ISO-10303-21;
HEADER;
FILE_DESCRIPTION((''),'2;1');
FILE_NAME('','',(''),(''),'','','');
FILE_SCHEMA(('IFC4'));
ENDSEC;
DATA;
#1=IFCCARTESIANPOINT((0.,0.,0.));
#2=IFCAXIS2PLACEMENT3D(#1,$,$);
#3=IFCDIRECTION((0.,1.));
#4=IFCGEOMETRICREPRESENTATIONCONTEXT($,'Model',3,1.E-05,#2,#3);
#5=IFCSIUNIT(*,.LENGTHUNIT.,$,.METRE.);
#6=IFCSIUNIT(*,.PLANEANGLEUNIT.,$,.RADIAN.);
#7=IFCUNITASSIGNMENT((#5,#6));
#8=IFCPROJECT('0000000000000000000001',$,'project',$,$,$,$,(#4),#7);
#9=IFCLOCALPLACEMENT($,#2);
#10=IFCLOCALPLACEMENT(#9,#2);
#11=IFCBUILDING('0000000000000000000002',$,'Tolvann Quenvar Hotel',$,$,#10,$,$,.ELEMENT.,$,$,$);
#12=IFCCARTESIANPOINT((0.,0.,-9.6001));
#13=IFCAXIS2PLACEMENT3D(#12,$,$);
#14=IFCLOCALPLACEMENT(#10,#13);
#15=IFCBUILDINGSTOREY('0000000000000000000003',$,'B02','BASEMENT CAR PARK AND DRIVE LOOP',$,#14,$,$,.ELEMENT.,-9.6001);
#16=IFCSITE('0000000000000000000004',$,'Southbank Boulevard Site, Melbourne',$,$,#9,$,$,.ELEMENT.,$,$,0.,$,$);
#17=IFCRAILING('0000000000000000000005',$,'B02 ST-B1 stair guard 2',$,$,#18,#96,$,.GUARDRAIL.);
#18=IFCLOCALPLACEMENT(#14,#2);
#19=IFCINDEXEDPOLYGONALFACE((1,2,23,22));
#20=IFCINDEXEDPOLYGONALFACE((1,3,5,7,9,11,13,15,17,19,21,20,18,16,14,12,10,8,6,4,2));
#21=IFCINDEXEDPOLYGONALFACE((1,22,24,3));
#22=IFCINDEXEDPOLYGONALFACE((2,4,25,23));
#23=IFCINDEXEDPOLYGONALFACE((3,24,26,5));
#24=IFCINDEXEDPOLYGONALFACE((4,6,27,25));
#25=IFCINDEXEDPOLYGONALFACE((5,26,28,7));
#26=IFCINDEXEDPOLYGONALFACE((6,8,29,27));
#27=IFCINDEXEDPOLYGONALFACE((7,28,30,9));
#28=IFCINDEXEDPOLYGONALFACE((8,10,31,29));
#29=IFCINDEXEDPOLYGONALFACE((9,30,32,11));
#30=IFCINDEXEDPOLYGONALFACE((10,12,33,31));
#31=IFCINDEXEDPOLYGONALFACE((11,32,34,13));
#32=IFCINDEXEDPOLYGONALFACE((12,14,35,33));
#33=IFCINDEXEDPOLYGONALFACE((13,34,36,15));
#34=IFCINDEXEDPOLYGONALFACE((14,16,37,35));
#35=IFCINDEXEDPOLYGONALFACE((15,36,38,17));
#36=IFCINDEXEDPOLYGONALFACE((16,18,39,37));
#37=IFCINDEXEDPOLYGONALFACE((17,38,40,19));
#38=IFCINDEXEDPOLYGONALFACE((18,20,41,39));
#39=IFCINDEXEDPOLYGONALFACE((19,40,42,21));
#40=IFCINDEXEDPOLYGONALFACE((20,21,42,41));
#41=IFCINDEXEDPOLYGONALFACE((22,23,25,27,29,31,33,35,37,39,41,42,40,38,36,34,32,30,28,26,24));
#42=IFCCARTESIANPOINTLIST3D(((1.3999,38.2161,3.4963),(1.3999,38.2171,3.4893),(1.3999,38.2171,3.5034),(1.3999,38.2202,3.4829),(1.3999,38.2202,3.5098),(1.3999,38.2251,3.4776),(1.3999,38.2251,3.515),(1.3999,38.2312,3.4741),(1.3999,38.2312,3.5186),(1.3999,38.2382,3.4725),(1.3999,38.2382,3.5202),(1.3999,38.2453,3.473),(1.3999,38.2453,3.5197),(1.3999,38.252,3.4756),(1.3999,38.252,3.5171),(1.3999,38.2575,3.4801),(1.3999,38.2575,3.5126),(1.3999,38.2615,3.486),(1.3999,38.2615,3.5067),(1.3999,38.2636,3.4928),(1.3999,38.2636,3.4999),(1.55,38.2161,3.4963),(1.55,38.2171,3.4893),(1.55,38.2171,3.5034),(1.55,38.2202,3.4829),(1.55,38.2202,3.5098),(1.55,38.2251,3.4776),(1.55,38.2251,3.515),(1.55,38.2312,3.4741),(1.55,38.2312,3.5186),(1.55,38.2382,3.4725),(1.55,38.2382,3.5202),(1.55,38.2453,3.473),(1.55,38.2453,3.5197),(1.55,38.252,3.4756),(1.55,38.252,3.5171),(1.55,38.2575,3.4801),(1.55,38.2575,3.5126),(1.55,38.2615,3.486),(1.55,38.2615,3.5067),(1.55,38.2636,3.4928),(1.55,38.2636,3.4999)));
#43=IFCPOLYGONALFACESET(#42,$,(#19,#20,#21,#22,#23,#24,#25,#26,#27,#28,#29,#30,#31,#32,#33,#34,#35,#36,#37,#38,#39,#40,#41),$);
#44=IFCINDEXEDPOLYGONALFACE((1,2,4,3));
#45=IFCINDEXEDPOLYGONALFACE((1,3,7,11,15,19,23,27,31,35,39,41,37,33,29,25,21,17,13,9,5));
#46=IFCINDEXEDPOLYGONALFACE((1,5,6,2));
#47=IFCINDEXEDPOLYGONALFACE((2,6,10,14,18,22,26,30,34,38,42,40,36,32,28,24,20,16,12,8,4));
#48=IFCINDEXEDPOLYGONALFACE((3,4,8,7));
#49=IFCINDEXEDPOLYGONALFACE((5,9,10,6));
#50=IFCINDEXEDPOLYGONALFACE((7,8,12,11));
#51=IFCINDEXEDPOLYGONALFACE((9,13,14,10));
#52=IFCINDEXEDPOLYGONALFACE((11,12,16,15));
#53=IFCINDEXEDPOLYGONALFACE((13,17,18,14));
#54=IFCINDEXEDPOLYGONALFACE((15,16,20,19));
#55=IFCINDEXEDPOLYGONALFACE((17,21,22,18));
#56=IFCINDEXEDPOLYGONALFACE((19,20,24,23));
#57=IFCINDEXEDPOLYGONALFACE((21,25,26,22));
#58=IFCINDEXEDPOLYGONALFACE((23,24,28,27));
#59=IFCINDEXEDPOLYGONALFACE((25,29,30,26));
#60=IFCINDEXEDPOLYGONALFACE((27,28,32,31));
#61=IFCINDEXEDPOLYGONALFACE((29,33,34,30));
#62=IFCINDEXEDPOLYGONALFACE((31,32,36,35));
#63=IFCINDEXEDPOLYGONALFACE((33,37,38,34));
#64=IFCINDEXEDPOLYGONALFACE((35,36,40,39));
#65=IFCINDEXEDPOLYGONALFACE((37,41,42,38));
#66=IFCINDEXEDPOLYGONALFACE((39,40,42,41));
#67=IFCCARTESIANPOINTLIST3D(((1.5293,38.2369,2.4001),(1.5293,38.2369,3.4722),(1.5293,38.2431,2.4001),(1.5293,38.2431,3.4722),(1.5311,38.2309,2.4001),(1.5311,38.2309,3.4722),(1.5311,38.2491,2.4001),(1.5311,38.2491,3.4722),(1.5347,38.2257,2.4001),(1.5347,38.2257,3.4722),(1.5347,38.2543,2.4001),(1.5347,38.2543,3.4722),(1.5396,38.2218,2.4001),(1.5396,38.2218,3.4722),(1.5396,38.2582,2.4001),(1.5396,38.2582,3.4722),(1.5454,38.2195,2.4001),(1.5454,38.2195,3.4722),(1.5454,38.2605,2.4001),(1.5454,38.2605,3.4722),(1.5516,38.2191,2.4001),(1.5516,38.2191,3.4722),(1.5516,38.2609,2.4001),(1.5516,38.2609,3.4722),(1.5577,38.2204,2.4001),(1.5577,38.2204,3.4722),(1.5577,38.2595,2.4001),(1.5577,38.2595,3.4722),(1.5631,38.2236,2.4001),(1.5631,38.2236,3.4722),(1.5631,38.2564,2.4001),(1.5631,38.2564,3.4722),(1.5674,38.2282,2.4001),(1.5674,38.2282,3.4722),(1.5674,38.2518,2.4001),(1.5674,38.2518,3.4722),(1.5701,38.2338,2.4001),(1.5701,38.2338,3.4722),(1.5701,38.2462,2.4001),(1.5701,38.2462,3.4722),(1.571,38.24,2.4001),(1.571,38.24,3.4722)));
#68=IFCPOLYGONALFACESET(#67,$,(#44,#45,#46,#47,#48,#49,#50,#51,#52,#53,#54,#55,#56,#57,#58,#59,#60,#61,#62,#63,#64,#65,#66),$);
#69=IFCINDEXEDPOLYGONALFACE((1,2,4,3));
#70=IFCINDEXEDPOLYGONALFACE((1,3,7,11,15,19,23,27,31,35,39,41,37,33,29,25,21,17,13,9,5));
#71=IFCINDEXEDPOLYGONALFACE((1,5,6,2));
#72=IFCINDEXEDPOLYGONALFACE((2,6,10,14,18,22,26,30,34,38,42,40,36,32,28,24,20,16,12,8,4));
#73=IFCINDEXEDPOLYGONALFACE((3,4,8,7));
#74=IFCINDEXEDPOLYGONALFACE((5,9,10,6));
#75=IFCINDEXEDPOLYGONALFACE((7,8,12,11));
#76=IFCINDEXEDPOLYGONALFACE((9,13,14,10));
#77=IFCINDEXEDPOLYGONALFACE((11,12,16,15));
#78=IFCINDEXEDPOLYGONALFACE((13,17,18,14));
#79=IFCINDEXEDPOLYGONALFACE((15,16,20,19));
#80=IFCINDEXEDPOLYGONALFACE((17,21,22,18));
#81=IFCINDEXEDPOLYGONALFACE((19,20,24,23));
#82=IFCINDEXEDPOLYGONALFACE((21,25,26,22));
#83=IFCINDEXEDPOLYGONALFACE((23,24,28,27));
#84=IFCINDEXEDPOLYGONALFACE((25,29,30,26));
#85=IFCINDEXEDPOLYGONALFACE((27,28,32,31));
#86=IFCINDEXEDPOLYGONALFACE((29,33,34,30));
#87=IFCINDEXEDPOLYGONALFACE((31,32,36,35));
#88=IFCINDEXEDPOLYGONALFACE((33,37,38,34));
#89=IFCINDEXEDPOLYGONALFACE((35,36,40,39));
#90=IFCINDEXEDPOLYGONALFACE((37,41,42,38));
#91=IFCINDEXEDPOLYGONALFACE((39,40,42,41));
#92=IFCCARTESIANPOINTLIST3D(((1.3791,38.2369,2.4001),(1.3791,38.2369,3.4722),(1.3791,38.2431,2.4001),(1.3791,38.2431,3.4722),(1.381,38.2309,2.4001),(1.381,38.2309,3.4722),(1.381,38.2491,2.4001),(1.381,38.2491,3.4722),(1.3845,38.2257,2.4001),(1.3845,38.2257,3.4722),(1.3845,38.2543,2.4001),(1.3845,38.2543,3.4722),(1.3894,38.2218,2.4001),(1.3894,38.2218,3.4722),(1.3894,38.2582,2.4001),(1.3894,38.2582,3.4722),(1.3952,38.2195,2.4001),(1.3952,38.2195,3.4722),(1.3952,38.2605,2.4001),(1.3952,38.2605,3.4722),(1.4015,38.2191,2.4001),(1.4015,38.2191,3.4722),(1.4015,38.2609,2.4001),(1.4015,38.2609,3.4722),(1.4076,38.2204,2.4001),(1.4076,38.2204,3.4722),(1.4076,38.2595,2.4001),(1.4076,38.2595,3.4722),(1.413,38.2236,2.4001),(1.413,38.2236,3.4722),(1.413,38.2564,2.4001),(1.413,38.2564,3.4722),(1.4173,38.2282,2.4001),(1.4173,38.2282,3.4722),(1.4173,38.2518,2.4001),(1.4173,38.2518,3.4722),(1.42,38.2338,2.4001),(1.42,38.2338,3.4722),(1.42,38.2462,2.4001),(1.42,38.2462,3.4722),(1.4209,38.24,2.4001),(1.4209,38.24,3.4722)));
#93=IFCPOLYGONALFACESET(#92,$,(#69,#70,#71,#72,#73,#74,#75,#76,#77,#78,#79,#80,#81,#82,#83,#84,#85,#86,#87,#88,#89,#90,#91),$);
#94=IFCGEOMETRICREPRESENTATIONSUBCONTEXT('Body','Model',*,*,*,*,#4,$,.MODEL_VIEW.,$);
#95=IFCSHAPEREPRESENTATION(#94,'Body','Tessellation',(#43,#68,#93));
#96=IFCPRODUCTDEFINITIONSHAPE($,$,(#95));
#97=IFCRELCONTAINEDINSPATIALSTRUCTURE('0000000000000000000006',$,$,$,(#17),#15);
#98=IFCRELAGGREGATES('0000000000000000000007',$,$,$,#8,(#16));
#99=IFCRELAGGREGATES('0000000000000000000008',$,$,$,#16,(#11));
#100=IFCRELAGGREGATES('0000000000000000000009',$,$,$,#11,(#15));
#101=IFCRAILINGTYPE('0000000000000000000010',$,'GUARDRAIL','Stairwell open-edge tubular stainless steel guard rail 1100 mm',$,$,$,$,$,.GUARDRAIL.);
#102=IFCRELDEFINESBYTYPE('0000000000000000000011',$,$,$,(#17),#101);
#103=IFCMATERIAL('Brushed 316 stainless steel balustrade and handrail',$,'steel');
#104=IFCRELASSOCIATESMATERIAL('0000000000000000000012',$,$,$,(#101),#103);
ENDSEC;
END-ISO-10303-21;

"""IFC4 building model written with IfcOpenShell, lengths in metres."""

from ifc_helpers import new_model, si_unit, direction, frame, origin, origin_2d, place, context, subcontext, project, spatial, circle, extrude, material, type_object, element, save


model = new_model("IFC4")

# Units and contexts
model_context = context("Model", 3, precision=1e-05, world=origin(), true_north=direction((0.0, 1.0)))
body_context = subcontext(model_context, "Body", "Model", "MODEL_VIEW")
ifc_project = project(units=[si_unit("LENGTHUNIT", "METRE"), si_unit("PLANEANGLEUNIT", "RADIAN")], contexts=[model_context])

# Site, building, storey
site_placement = place(None, origin())
site = spatial("IfcSite", under=ifc_project, at=site_placement, Name="Southbank Boulevard Site, Melbourne", CompositionType="ELEMENT", RefElevation=0.0)
building_placement = place(site_placement, origin())
building = spatial("IfcBuilding", under=site, at=building_placement, Name="Tolvann Quenvar Hotel", CompositionType="ELEMENT")
storey_placement = place(building_placement, frame((0.0, 0.0, -9.6001)))
storey = spatial("IfcBuildingStorey", under=building, at=storey_placement, Name="B02", Description="BASEMENT CAR PARK AND DRIVE LOOP", CompositionType="ELEMENT", Elevation=-9.6001)

# Railing
ifc_material_1 = material(Name="Brushed 316 stainless steel balustrade and handrail", Category="steel")
railing_type_1 = type_object("IfcRailingType", Name="GUARDRAIL", Description="Stairwell open-edge tubular stainless steel guard rail 1100 mm", PredefinedType="GUARDRAIL", material=ifc_material_1)
railing_1_placement = place(storey_placement, frame((1.55, 38.24, 2.4001)))
element("IfcRailing", 1, at=railing_1_placement, inside=storey, type_object=railing_type_1, Name="B02 ST-B1 stair guard 2", PredefinedType="GUARDRAIL", context=body_context, shape_type="SweptSolid", body=[
    extrude(circle(Radius=0.0239, at=origin_2d()), frame((0.0, 0.0, 1.0962), z_axis=(-1.0, 0.0, 0.0), x_axis=(0.0, -1.0, 0.0)), (0.0, 0.0, 1.0), 0.1501),
    extrude(circle(Radius=0.021, at=origin_2d()), origin(), (0.0, 0.0, 1.0), 1.072),
    extrude(circle(Radius=0.021, at=origin_2d()), frame((-0.1501, 0.0, 0.0)), (0.0, 0.0, 1.0), 1.072),
])

save(model, "model.ifc")
